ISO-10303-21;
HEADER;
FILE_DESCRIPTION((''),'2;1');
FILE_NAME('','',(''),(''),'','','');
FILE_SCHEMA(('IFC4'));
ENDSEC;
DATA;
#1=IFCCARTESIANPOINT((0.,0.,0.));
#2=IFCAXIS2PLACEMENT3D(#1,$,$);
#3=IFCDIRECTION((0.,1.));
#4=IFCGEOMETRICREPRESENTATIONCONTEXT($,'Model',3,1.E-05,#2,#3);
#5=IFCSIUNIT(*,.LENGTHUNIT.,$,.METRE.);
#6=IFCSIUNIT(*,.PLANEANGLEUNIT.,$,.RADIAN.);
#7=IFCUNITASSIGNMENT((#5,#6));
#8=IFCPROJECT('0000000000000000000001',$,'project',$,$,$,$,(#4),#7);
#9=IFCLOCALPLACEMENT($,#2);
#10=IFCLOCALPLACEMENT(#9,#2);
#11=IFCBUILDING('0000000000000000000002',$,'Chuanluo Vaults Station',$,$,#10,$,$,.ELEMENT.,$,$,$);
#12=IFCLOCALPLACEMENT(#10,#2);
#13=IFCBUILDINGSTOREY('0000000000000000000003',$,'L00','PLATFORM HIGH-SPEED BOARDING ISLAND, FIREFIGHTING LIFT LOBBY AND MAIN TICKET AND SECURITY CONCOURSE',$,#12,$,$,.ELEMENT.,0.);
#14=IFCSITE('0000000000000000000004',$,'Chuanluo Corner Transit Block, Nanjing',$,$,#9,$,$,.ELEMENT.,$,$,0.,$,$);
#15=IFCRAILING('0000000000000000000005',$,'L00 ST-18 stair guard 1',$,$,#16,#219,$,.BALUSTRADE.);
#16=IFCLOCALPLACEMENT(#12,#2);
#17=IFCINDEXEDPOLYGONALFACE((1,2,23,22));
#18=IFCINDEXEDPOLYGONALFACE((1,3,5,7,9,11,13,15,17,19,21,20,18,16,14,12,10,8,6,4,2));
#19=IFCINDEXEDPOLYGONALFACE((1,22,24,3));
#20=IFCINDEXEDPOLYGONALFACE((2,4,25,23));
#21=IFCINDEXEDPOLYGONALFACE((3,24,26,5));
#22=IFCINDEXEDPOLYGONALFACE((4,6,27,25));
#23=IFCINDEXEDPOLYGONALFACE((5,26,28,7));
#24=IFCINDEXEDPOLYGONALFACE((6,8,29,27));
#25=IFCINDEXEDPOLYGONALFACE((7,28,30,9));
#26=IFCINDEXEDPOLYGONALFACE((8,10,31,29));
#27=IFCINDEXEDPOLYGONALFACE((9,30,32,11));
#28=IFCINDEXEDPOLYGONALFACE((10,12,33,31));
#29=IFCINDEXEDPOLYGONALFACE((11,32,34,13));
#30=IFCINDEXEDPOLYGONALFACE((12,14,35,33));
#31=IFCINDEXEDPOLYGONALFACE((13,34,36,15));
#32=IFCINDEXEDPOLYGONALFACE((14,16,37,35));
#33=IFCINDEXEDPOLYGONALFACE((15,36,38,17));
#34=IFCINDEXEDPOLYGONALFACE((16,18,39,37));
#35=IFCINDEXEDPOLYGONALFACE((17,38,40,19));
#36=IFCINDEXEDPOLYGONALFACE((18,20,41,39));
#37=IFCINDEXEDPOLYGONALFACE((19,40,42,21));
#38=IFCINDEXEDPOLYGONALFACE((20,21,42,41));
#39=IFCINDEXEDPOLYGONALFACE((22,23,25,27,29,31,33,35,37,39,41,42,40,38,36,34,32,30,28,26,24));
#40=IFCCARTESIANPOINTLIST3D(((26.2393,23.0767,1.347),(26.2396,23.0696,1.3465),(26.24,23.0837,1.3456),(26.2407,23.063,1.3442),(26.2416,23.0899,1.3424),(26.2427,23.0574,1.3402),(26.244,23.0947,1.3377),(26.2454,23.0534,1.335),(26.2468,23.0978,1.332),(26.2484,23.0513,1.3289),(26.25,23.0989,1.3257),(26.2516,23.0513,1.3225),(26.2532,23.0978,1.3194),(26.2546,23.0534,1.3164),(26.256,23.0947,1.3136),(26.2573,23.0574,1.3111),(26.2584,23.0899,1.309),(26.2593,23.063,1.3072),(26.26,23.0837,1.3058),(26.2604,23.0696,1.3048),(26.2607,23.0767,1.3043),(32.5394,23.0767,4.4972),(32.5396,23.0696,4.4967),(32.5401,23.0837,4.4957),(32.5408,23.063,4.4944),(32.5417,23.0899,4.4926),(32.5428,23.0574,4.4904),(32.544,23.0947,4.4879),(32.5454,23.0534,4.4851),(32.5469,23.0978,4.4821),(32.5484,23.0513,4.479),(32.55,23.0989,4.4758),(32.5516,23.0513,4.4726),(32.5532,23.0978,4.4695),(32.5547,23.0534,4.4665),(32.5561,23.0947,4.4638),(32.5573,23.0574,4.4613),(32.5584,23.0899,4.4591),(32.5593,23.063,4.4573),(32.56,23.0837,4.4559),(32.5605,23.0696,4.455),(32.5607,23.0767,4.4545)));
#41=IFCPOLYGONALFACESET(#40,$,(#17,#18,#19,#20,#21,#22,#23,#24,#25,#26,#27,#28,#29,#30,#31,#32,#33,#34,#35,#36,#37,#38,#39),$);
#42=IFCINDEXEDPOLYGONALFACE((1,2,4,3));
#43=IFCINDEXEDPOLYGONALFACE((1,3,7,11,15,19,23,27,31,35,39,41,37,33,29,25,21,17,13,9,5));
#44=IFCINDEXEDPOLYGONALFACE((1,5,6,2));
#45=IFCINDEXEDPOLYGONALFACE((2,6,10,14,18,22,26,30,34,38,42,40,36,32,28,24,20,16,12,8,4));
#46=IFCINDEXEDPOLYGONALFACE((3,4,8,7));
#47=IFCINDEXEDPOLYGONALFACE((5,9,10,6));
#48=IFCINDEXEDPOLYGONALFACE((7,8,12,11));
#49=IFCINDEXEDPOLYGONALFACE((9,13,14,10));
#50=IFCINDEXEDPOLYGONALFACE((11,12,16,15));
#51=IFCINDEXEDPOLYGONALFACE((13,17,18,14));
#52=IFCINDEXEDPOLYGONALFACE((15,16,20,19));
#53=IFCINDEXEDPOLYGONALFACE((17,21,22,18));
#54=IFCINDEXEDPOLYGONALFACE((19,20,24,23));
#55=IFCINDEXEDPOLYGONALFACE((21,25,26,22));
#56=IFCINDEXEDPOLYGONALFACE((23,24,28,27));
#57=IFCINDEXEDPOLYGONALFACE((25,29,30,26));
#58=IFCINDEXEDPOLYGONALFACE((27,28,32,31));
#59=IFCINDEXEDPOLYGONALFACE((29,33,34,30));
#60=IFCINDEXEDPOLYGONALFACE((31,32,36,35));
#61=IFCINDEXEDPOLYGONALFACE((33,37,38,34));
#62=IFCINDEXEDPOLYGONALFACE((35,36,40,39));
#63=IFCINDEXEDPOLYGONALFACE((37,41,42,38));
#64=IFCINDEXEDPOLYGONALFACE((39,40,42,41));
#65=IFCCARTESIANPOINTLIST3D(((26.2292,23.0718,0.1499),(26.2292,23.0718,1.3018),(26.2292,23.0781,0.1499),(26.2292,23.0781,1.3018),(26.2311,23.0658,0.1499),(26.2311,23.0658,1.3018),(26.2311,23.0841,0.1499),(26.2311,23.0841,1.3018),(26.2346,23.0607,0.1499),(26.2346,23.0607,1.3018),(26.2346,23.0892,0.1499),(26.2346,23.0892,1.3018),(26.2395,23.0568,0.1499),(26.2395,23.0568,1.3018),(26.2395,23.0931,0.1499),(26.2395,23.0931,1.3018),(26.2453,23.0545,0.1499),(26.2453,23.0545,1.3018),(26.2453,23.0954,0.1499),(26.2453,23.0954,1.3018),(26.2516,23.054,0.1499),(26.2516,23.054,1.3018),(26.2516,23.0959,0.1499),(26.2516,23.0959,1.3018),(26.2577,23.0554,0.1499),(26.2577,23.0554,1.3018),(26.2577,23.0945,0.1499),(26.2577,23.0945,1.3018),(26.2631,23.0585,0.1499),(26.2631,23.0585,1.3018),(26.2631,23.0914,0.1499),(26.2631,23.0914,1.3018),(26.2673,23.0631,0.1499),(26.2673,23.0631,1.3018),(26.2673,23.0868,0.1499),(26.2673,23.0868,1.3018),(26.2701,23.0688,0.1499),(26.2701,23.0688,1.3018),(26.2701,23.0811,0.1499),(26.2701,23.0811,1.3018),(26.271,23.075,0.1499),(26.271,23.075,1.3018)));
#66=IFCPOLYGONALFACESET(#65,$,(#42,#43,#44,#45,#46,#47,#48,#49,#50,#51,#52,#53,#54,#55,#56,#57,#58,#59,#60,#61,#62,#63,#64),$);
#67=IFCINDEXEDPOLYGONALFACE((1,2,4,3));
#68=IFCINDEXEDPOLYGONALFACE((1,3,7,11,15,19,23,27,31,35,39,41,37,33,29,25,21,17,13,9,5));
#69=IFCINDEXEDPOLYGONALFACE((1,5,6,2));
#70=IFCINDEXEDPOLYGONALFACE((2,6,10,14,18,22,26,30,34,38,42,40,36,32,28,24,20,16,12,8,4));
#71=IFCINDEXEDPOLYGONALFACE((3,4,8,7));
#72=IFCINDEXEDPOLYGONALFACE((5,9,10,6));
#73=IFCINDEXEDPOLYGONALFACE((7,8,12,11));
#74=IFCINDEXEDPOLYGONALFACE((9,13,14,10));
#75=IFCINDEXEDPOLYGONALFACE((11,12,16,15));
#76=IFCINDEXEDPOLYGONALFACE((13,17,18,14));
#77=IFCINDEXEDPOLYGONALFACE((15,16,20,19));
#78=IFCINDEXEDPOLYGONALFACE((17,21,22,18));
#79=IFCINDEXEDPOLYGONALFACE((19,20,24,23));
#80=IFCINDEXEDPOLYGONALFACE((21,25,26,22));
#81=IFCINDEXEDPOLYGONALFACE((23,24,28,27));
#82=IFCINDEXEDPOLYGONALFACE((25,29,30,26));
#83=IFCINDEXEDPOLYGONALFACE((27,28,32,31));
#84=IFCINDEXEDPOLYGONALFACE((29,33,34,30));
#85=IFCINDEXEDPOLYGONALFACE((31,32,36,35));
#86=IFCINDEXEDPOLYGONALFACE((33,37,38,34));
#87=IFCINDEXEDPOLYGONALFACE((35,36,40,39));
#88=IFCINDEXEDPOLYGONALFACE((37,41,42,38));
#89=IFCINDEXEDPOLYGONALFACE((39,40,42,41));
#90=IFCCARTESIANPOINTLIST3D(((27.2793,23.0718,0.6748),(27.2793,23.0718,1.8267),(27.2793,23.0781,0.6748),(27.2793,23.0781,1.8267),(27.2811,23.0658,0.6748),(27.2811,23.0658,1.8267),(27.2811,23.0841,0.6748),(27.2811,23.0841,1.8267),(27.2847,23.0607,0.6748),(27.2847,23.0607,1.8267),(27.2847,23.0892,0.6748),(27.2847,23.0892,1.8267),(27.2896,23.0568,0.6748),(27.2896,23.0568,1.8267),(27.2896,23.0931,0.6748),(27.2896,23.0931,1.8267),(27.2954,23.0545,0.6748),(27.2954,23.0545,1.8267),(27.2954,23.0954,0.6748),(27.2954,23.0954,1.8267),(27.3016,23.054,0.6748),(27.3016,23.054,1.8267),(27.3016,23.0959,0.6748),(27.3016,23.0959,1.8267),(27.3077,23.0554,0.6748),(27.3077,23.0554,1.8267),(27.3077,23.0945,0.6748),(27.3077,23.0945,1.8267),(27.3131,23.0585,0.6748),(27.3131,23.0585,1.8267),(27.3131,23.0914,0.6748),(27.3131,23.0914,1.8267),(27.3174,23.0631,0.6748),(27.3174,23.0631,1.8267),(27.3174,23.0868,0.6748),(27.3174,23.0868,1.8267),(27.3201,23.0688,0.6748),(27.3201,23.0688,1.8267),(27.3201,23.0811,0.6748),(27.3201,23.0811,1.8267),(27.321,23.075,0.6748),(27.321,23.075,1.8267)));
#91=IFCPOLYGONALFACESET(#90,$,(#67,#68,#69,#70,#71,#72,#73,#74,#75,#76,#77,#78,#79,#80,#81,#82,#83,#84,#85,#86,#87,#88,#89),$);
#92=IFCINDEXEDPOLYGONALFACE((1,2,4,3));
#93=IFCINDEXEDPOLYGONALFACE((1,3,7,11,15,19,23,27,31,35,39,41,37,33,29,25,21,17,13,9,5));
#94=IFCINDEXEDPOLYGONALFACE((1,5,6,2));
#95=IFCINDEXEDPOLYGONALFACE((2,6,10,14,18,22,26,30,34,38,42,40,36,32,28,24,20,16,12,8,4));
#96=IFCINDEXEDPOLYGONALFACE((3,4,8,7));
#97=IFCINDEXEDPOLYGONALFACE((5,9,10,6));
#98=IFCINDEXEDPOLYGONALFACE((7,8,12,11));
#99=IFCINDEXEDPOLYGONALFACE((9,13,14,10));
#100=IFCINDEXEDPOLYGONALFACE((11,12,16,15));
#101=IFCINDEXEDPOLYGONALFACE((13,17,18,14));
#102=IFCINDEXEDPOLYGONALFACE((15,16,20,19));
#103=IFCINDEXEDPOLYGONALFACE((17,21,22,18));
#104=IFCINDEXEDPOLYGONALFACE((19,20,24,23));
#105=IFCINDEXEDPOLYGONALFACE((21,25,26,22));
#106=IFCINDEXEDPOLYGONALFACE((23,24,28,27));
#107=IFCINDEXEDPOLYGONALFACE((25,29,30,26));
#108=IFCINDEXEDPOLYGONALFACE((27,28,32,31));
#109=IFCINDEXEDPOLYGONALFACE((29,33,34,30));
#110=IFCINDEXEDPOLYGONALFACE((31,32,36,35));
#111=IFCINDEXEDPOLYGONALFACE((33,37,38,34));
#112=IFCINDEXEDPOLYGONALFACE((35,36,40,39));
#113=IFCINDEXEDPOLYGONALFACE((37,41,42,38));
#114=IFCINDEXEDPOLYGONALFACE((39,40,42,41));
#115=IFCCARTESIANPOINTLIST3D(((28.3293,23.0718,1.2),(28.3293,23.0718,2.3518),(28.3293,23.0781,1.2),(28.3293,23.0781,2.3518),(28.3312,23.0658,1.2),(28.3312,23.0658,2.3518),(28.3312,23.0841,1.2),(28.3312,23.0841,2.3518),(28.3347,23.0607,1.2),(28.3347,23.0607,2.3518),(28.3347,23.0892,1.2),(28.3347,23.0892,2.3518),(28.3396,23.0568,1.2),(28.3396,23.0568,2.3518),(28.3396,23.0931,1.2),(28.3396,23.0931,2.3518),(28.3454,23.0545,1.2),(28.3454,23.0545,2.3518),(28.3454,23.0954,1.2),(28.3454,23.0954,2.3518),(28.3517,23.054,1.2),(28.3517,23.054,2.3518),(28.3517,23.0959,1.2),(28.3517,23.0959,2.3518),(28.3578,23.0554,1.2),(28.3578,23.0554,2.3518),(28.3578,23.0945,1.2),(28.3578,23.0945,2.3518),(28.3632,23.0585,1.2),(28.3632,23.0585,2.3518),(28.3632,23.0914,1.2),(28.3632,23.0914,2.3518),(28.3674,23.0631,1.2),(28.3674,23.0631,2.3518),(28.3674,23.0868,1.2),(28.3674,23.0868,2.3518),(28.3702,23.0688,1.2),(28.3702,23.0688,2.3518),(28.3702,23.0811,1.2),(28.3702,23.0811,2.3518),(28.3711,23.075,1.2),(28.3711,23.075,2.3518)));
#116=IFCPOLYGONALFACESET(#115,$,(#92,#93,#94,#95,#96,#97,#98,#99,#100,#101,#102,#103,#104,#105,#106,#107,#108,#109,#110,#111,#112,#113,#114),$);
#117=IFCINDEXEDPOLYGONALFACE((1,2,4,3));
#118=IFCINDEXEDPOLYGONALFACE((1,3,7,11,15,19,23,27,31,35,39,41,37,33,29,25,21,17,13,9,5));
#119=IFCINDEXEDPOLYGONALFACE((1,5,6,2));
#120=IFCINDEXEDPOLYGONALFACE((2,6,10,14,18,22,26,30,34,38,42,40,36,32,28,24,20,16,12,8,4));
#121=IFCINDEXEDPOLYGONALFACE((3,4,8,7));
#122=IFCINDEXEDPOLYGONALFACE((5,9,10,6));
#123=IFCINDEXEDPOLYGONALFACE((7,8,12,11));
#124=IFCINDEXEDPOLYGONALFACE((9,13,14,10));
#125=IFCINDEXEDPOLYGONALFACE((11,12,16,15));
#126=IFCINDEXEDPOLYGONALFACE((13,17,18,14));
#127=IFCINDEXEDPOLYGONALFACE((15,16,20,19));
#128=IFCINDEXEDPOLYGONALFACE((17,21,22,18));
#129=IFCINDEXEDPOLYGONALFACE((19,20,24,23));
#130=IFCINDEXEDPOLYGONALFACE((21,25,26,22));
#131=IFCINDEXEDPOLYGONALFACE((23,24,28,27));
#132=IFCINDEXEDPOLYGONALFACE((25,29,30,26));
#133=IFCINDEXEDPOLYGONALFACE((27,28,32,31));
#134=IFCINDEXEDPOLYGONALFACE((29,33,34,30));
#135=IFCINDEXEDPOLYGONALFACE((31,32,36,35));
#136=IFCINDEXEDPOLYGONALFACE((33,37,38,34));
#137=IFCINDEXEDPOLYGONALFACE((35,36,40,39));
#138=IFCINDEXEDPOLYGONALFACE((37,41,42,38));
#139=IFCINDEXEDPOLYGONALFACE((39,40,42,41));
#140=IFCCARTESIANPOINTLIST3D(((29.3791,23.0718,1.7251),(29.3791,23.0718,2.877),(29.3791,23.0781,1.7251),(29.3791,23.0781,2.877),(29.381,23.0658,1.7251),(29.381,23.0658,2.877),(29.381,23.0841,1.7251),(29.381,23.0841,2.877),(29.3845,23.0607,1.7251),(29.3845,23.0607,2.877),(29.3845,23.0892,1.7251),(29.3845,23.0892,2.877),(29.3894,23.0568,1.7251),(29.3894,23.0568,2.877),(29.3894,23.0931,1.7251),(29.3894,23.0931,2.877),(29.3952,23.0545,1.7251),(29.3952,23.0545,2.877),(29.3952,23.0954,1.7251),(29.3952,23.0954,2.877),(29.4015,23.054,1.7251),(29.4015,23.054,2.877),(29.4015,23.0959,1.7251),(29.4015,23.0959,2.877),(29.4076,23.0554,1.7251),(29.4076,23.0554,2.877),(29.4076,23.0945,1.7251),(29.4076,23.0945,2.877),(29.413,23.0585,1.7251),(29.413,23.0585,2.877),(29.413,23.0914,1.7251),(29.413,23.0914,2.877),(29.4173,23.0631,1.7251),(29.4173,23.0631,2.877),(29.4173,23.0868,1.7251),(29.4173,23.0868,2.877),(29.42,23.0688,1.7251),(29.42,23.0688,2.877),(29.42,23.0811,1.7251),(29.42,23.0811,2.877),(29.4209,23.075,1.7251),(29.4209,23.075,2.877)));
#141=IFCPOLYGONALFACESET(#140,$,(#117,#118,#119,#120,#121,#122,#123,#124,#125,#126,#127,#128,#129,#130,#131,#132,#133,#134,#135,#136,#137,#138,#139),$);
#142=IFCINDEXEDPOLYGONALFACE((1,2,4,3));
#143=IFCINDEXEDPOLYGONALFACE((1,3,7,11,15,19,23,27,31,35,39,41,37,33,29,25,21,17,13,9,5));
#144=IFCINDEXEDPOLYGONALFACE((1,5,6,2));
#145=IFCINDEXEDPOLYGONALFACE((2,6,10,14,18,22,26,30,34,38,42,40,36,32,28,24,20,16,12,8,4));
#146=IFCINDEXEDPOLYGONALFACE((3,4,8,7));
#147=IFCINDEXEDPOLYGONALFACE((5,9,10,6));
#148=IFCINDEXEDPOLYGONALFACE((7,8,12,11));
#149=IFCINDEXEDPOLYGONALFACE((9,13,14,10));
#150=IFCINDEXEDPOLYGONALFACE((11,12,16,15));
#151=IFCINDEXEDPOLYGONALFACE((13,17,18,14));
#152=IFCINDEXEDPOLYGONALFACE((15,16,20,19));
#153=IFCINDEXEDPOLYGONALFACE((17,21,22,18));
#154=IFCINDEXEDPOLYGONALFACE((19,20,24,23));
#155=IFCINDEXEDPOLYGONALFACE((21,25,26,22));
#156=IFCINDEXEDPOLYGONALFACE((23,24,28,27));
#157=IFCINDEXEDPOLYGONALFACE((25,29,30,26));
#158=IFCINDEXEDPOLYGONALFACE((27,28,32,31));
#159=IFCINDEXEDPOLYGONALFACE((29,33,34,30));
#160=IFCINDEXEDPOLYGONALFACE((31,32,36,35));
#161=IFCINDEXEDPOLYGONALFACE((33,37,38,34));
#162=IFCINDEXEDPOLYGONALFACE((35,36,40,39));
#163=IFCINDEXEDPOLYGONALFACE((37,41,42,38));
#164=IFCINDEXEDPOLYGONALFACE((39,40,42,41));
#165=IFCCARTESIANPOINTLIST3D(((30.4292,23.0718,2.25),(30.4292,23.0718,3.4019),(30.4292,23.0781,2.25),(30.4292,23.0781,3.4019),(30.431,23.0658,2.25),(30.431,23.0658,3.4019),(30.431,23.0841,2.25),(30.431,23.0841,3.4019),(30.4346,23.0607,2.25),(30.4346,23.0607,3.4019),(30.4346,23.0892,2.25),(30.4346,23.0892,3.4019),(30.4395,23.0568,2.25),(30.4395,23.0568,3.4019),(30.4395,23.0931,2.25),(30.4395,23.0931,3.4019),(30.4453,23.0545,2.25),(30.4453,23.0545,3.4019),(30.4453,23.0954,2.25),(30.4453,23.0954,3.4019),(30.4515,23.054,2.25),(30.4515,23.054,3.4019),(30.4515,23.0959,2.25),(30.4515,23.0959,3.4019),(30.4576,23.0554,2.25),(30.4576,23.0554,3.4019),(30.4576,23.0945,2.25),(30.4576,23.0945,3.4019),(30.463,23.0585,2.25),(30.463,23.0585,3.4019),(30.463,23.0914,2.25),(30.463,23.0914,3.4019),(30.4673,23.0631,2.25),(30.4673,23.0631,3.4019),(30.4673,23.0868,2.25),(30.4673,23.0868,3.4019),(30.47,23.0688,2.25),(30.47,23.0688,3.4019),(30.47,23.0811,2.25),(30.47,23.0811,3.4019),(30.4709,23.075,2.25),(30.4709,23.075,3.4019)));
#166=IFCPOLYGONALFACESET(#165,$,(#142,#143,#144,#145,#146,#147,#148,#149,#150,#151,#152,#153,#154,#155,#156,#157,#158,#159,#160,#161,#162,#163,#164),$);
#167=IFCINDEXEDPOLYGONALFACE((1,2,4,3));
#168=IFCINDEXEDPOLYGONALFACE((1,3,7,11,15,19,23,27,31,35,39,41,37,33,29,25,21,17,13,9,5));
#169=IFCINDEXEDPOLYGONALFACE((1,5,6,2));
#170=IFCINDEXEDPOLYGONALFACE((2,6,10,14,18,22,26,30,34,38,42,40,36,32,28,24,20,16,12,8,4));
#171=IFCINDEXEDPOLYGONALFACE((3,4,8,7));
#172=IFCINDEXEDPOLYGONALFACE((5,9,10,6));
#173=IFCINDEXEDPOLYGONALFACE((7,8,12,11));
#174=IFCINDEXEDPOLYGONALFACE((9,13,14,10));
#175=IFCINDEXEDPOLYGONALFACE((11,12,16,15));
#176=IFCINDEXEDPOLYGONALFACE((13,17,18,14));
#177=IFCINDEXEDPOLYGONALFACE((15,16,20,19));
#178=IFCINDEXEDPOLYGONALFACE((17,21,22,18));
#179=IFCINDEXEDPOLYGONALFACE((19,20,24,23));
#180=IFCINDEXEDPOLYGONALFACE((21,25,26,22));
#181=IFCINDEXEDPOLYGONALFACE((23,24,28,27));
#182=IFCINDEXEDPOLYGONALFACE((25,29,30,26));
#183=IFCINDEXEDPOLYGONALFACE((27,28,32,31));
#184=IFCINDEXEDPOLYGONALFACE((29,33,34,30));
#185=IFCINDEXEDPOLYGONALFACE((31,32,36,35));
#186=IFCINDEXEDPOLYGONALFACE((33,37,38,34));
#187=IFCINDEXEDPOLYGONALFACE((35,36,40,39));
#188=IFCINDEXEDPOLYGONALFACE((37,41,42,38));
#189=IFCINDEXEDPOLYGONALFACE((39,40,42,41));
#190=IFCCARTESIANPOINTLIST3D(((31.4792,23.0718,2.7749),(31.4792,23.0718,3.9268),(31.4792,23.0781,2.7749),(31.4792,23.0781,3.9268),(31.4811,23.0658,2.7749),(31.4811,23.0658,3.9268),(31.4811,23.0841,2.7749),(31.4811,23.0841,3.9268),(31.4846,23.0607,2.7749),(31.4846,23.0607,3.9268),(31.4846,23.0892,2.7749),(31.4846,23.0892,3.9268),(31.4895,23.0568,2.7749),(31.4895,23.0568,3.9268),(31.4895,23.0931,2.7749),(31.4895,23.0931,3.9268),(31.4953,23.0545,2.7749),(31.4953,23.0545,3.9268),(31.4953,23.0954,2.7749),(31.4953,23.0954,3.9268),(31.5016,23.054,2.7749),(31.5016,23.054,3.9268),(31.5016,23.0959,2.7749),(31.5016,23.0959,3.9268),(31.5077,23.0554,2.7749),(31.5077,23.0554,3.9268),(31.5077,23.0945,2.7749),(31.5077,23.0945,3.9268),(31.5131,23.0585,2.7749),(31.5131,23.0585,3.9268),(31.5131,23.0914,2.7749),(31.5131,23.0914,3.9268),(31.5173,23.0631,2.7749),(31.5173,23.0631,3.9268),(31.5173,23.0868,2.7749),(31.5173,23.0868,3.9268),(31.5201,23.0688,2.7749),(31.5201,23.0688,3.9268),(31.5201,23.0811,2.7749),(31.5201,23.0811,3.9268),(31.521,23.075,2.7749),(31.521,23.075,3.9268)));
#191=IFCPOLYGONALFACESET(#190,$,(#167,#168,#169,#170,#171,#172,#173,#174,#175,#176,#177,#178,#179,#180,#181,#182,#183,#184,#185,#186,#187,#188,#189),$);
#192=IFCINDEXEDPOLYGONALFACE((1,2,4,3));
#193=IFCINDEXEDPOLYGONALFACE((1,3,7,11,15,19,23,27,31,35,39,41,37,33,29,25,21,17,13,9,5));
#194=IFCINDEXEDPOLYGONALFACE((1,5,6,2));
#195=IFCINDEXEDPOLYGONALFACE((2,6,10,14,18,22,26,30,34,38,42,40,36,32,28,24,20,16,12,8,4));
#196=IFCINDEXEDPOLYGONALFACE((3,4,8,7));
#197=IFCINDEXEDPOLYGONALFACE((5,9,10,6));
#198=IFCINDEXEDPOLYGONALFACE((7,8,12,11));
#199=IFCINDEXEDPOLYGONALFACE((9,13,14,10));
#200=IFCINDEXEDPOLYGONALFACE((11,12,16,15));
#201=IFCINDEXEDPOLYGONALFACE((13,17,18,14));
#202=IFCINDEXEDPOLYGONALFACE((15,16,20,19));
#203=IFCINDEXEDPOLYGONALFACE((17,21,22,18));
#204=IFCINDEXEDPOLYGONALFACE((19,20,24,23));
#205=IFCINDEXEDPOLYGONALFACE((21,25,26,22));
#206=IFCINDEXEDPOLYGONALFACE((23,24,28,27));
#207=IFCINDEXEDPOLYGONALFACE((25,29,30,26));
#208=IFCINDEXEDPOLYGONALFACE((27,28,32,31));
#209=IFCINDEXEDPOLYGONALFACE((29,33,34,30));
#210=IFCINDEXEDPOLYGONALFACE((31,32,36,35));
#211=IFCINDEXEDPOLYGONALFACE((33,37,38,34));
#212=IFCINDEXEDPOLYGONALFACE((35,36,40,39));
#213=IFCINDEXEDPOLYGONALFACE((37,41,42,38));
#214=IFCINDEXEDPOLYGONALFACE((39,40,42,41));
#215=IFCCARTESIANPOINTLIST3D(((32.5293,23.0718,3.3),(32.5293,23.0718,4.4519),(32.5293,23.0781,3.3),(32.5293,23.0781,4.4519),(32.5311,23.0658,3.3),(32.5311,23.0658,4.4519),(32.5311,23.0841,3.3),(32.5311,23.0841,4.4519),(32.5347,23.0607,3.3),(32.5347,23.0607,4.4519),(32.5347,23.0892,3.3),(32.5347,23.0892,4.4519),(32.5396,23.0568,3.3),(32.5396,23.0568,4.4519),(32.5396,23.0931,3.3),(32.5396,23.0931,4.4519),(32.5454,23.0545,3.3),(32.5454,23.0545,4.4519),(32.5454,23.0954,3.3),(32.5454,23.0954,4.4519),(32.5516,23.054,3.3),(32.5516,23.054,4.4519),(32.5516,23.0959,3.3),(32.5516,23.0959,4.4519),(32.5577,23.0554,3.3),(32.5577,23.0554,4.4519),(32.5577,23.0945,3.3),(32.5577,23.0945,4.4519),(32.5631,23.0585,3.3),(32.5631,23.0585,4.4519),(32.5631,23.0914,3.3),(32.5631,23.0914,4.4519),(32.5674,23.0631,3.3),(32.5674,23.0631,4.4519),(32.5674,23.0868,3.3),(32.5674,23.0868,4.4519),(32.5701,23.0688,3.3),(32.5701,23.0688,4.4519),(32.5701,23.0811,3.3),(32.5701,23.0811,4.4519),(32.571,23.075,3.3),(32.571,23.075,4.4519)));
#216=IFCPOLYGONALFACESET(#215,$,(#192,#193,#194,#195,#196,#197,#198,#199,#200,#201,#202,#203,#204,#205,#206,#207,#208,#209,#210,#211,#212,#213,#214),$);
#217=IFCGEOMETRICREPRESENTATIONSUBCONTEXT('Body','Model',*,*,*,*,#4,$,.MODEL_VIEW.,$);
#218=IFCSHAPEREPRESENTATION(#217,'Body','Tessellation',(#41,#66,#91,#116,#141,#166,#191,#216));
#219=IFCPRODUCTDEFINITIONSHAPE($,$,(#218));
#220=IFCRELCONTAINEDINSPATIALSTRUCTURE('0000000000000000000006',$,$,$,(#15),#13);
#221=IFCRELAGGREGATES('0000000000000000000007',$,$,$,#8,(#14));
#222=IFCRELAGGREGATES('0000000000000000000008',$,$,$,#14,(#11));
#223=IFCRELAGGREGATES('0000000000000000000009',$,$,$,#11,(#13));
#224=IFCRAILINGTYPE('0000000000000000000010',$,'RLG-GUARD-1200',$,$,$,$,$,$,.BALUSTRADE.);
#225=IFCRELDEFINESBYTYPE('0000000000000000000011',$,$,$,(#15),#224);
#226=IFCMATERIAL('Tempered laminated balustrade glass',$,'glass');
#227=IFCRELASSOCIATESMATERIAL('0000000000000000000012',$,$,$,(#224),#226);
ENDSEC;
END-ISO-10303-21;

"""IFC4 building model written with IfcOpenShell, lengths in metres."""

from ifc_helpers import new_model, si_unit, direction, frame, origin, origin_2d, place, context, subcontext, project, spatial, circle, extrude, material, type_object, element, save


model = new_model("IFC4")

# Units and contexts
model_context = context("Model", 3, precision=1e-05, world=origin(), true_north=direction((0.0, 1.0)))
body_context = subcontext(model_context, "Body", "Model", "MODEL_VIEW")
ifc_project = project(units=[si_unit("LENGTHUNIT", "METRE"), si_unit("PLANEANGLEUNIT", "RADIAN")], contexts=[model_context])

# Site, building, storey
site_placement = place(None, origin())
site = spatial("IfcSite", under=ifc_project, at=site_placement, Name="Chuanluo Corner Transit Block, Nanjing", CompositionType="ELEMENT", RefElevation=0.0)
building_placement = place(site_placement, origin())
building = spatial("IfcBuilding", under=site, at=building_placement, Name="Chuanluo Vaults Station", CompositionType="ELEMENT")
storey_placement = place(building_placement, origin())
storey = spatial("IfcBuildingStorey", under=building, at=storey_placement, Name="L00", Description="PLATFORM HIGH-SPEED BOARDING ISLAND, FIREFIGHTING LIFT LOBBY AND MAIN TICKET AND SECURITY CONCOURSE", CompositionType="ELEMENT", Elevation=0.0)

# Railing
ifc_material_1 = material(Name="Tempered laminated balustrade glass", Category="glass")
railing_type_1 = type_object("IfcRailingType", Name="RLG-GUARD-1200", PredefinedType="BALUSTRADE", material=ifc_material_1)
railing_1_placement = place(storey_placement, frame((26.25, 23.075, 0.1499)))
element("IfcRailing", 1, at=railing_1_placement, inside=storey, type_object=railing_type_1, Name="L00 ST-18 stair guard 1", PredefinedType="BALUSTRADE", context=body_context, shape_type="SweptSolid", body=[
    extrude(circle(Radius=0.0239, at=origin_2d()), frame((0.0, 0.0, 1.1758), z_axis=(0.89442, 0.0, 0.447227), x_axis=(0.0, 1.0, 0.0)), (0.0, 0.0, 1.0), 7.0437),
    extrude(circle(Radius=0.021, at=origin_2d()), origin(), (0.0, 0.0, 1.0), 1.1519),
    extrude(circle(Radius=0.021, at=origin_2d()), frame((1.05, 0.0, 0.5249)), (0.0, 0.0, 1.0), 1.1519),
    extrude(circle(Radius=0.021, at=origin_2d()), frame((2.1001, 0.0, 1.05)), (0.0, 0.0, 1.0), 1.1519),
    extrude(circle(Radius=0.021, at=origin_2d()), frame((3.1499, 0.0, 1.5752)), (0.0, 0.0, 1.0), 1.1519),
    extrude(circle(Radius=0.021, at=origin_2d()), frame((4.2, 0.0, 2.1001)), (0.0, 0.0, 1.0), 1.1519),
    extrude(circle(Radius=0.021, at=origin_2d()), frame((5.25, 0.0, 2.625)), (0.0, 0.0, 1.0), 1.1519),
    extrude(circle(Radius=0.021, at=origin_2d()), frame((6.3, 0.0, 3.1501)), (0.0, 0.0, 1.0), 1.1519),
])

save(model, "model.ifc")
